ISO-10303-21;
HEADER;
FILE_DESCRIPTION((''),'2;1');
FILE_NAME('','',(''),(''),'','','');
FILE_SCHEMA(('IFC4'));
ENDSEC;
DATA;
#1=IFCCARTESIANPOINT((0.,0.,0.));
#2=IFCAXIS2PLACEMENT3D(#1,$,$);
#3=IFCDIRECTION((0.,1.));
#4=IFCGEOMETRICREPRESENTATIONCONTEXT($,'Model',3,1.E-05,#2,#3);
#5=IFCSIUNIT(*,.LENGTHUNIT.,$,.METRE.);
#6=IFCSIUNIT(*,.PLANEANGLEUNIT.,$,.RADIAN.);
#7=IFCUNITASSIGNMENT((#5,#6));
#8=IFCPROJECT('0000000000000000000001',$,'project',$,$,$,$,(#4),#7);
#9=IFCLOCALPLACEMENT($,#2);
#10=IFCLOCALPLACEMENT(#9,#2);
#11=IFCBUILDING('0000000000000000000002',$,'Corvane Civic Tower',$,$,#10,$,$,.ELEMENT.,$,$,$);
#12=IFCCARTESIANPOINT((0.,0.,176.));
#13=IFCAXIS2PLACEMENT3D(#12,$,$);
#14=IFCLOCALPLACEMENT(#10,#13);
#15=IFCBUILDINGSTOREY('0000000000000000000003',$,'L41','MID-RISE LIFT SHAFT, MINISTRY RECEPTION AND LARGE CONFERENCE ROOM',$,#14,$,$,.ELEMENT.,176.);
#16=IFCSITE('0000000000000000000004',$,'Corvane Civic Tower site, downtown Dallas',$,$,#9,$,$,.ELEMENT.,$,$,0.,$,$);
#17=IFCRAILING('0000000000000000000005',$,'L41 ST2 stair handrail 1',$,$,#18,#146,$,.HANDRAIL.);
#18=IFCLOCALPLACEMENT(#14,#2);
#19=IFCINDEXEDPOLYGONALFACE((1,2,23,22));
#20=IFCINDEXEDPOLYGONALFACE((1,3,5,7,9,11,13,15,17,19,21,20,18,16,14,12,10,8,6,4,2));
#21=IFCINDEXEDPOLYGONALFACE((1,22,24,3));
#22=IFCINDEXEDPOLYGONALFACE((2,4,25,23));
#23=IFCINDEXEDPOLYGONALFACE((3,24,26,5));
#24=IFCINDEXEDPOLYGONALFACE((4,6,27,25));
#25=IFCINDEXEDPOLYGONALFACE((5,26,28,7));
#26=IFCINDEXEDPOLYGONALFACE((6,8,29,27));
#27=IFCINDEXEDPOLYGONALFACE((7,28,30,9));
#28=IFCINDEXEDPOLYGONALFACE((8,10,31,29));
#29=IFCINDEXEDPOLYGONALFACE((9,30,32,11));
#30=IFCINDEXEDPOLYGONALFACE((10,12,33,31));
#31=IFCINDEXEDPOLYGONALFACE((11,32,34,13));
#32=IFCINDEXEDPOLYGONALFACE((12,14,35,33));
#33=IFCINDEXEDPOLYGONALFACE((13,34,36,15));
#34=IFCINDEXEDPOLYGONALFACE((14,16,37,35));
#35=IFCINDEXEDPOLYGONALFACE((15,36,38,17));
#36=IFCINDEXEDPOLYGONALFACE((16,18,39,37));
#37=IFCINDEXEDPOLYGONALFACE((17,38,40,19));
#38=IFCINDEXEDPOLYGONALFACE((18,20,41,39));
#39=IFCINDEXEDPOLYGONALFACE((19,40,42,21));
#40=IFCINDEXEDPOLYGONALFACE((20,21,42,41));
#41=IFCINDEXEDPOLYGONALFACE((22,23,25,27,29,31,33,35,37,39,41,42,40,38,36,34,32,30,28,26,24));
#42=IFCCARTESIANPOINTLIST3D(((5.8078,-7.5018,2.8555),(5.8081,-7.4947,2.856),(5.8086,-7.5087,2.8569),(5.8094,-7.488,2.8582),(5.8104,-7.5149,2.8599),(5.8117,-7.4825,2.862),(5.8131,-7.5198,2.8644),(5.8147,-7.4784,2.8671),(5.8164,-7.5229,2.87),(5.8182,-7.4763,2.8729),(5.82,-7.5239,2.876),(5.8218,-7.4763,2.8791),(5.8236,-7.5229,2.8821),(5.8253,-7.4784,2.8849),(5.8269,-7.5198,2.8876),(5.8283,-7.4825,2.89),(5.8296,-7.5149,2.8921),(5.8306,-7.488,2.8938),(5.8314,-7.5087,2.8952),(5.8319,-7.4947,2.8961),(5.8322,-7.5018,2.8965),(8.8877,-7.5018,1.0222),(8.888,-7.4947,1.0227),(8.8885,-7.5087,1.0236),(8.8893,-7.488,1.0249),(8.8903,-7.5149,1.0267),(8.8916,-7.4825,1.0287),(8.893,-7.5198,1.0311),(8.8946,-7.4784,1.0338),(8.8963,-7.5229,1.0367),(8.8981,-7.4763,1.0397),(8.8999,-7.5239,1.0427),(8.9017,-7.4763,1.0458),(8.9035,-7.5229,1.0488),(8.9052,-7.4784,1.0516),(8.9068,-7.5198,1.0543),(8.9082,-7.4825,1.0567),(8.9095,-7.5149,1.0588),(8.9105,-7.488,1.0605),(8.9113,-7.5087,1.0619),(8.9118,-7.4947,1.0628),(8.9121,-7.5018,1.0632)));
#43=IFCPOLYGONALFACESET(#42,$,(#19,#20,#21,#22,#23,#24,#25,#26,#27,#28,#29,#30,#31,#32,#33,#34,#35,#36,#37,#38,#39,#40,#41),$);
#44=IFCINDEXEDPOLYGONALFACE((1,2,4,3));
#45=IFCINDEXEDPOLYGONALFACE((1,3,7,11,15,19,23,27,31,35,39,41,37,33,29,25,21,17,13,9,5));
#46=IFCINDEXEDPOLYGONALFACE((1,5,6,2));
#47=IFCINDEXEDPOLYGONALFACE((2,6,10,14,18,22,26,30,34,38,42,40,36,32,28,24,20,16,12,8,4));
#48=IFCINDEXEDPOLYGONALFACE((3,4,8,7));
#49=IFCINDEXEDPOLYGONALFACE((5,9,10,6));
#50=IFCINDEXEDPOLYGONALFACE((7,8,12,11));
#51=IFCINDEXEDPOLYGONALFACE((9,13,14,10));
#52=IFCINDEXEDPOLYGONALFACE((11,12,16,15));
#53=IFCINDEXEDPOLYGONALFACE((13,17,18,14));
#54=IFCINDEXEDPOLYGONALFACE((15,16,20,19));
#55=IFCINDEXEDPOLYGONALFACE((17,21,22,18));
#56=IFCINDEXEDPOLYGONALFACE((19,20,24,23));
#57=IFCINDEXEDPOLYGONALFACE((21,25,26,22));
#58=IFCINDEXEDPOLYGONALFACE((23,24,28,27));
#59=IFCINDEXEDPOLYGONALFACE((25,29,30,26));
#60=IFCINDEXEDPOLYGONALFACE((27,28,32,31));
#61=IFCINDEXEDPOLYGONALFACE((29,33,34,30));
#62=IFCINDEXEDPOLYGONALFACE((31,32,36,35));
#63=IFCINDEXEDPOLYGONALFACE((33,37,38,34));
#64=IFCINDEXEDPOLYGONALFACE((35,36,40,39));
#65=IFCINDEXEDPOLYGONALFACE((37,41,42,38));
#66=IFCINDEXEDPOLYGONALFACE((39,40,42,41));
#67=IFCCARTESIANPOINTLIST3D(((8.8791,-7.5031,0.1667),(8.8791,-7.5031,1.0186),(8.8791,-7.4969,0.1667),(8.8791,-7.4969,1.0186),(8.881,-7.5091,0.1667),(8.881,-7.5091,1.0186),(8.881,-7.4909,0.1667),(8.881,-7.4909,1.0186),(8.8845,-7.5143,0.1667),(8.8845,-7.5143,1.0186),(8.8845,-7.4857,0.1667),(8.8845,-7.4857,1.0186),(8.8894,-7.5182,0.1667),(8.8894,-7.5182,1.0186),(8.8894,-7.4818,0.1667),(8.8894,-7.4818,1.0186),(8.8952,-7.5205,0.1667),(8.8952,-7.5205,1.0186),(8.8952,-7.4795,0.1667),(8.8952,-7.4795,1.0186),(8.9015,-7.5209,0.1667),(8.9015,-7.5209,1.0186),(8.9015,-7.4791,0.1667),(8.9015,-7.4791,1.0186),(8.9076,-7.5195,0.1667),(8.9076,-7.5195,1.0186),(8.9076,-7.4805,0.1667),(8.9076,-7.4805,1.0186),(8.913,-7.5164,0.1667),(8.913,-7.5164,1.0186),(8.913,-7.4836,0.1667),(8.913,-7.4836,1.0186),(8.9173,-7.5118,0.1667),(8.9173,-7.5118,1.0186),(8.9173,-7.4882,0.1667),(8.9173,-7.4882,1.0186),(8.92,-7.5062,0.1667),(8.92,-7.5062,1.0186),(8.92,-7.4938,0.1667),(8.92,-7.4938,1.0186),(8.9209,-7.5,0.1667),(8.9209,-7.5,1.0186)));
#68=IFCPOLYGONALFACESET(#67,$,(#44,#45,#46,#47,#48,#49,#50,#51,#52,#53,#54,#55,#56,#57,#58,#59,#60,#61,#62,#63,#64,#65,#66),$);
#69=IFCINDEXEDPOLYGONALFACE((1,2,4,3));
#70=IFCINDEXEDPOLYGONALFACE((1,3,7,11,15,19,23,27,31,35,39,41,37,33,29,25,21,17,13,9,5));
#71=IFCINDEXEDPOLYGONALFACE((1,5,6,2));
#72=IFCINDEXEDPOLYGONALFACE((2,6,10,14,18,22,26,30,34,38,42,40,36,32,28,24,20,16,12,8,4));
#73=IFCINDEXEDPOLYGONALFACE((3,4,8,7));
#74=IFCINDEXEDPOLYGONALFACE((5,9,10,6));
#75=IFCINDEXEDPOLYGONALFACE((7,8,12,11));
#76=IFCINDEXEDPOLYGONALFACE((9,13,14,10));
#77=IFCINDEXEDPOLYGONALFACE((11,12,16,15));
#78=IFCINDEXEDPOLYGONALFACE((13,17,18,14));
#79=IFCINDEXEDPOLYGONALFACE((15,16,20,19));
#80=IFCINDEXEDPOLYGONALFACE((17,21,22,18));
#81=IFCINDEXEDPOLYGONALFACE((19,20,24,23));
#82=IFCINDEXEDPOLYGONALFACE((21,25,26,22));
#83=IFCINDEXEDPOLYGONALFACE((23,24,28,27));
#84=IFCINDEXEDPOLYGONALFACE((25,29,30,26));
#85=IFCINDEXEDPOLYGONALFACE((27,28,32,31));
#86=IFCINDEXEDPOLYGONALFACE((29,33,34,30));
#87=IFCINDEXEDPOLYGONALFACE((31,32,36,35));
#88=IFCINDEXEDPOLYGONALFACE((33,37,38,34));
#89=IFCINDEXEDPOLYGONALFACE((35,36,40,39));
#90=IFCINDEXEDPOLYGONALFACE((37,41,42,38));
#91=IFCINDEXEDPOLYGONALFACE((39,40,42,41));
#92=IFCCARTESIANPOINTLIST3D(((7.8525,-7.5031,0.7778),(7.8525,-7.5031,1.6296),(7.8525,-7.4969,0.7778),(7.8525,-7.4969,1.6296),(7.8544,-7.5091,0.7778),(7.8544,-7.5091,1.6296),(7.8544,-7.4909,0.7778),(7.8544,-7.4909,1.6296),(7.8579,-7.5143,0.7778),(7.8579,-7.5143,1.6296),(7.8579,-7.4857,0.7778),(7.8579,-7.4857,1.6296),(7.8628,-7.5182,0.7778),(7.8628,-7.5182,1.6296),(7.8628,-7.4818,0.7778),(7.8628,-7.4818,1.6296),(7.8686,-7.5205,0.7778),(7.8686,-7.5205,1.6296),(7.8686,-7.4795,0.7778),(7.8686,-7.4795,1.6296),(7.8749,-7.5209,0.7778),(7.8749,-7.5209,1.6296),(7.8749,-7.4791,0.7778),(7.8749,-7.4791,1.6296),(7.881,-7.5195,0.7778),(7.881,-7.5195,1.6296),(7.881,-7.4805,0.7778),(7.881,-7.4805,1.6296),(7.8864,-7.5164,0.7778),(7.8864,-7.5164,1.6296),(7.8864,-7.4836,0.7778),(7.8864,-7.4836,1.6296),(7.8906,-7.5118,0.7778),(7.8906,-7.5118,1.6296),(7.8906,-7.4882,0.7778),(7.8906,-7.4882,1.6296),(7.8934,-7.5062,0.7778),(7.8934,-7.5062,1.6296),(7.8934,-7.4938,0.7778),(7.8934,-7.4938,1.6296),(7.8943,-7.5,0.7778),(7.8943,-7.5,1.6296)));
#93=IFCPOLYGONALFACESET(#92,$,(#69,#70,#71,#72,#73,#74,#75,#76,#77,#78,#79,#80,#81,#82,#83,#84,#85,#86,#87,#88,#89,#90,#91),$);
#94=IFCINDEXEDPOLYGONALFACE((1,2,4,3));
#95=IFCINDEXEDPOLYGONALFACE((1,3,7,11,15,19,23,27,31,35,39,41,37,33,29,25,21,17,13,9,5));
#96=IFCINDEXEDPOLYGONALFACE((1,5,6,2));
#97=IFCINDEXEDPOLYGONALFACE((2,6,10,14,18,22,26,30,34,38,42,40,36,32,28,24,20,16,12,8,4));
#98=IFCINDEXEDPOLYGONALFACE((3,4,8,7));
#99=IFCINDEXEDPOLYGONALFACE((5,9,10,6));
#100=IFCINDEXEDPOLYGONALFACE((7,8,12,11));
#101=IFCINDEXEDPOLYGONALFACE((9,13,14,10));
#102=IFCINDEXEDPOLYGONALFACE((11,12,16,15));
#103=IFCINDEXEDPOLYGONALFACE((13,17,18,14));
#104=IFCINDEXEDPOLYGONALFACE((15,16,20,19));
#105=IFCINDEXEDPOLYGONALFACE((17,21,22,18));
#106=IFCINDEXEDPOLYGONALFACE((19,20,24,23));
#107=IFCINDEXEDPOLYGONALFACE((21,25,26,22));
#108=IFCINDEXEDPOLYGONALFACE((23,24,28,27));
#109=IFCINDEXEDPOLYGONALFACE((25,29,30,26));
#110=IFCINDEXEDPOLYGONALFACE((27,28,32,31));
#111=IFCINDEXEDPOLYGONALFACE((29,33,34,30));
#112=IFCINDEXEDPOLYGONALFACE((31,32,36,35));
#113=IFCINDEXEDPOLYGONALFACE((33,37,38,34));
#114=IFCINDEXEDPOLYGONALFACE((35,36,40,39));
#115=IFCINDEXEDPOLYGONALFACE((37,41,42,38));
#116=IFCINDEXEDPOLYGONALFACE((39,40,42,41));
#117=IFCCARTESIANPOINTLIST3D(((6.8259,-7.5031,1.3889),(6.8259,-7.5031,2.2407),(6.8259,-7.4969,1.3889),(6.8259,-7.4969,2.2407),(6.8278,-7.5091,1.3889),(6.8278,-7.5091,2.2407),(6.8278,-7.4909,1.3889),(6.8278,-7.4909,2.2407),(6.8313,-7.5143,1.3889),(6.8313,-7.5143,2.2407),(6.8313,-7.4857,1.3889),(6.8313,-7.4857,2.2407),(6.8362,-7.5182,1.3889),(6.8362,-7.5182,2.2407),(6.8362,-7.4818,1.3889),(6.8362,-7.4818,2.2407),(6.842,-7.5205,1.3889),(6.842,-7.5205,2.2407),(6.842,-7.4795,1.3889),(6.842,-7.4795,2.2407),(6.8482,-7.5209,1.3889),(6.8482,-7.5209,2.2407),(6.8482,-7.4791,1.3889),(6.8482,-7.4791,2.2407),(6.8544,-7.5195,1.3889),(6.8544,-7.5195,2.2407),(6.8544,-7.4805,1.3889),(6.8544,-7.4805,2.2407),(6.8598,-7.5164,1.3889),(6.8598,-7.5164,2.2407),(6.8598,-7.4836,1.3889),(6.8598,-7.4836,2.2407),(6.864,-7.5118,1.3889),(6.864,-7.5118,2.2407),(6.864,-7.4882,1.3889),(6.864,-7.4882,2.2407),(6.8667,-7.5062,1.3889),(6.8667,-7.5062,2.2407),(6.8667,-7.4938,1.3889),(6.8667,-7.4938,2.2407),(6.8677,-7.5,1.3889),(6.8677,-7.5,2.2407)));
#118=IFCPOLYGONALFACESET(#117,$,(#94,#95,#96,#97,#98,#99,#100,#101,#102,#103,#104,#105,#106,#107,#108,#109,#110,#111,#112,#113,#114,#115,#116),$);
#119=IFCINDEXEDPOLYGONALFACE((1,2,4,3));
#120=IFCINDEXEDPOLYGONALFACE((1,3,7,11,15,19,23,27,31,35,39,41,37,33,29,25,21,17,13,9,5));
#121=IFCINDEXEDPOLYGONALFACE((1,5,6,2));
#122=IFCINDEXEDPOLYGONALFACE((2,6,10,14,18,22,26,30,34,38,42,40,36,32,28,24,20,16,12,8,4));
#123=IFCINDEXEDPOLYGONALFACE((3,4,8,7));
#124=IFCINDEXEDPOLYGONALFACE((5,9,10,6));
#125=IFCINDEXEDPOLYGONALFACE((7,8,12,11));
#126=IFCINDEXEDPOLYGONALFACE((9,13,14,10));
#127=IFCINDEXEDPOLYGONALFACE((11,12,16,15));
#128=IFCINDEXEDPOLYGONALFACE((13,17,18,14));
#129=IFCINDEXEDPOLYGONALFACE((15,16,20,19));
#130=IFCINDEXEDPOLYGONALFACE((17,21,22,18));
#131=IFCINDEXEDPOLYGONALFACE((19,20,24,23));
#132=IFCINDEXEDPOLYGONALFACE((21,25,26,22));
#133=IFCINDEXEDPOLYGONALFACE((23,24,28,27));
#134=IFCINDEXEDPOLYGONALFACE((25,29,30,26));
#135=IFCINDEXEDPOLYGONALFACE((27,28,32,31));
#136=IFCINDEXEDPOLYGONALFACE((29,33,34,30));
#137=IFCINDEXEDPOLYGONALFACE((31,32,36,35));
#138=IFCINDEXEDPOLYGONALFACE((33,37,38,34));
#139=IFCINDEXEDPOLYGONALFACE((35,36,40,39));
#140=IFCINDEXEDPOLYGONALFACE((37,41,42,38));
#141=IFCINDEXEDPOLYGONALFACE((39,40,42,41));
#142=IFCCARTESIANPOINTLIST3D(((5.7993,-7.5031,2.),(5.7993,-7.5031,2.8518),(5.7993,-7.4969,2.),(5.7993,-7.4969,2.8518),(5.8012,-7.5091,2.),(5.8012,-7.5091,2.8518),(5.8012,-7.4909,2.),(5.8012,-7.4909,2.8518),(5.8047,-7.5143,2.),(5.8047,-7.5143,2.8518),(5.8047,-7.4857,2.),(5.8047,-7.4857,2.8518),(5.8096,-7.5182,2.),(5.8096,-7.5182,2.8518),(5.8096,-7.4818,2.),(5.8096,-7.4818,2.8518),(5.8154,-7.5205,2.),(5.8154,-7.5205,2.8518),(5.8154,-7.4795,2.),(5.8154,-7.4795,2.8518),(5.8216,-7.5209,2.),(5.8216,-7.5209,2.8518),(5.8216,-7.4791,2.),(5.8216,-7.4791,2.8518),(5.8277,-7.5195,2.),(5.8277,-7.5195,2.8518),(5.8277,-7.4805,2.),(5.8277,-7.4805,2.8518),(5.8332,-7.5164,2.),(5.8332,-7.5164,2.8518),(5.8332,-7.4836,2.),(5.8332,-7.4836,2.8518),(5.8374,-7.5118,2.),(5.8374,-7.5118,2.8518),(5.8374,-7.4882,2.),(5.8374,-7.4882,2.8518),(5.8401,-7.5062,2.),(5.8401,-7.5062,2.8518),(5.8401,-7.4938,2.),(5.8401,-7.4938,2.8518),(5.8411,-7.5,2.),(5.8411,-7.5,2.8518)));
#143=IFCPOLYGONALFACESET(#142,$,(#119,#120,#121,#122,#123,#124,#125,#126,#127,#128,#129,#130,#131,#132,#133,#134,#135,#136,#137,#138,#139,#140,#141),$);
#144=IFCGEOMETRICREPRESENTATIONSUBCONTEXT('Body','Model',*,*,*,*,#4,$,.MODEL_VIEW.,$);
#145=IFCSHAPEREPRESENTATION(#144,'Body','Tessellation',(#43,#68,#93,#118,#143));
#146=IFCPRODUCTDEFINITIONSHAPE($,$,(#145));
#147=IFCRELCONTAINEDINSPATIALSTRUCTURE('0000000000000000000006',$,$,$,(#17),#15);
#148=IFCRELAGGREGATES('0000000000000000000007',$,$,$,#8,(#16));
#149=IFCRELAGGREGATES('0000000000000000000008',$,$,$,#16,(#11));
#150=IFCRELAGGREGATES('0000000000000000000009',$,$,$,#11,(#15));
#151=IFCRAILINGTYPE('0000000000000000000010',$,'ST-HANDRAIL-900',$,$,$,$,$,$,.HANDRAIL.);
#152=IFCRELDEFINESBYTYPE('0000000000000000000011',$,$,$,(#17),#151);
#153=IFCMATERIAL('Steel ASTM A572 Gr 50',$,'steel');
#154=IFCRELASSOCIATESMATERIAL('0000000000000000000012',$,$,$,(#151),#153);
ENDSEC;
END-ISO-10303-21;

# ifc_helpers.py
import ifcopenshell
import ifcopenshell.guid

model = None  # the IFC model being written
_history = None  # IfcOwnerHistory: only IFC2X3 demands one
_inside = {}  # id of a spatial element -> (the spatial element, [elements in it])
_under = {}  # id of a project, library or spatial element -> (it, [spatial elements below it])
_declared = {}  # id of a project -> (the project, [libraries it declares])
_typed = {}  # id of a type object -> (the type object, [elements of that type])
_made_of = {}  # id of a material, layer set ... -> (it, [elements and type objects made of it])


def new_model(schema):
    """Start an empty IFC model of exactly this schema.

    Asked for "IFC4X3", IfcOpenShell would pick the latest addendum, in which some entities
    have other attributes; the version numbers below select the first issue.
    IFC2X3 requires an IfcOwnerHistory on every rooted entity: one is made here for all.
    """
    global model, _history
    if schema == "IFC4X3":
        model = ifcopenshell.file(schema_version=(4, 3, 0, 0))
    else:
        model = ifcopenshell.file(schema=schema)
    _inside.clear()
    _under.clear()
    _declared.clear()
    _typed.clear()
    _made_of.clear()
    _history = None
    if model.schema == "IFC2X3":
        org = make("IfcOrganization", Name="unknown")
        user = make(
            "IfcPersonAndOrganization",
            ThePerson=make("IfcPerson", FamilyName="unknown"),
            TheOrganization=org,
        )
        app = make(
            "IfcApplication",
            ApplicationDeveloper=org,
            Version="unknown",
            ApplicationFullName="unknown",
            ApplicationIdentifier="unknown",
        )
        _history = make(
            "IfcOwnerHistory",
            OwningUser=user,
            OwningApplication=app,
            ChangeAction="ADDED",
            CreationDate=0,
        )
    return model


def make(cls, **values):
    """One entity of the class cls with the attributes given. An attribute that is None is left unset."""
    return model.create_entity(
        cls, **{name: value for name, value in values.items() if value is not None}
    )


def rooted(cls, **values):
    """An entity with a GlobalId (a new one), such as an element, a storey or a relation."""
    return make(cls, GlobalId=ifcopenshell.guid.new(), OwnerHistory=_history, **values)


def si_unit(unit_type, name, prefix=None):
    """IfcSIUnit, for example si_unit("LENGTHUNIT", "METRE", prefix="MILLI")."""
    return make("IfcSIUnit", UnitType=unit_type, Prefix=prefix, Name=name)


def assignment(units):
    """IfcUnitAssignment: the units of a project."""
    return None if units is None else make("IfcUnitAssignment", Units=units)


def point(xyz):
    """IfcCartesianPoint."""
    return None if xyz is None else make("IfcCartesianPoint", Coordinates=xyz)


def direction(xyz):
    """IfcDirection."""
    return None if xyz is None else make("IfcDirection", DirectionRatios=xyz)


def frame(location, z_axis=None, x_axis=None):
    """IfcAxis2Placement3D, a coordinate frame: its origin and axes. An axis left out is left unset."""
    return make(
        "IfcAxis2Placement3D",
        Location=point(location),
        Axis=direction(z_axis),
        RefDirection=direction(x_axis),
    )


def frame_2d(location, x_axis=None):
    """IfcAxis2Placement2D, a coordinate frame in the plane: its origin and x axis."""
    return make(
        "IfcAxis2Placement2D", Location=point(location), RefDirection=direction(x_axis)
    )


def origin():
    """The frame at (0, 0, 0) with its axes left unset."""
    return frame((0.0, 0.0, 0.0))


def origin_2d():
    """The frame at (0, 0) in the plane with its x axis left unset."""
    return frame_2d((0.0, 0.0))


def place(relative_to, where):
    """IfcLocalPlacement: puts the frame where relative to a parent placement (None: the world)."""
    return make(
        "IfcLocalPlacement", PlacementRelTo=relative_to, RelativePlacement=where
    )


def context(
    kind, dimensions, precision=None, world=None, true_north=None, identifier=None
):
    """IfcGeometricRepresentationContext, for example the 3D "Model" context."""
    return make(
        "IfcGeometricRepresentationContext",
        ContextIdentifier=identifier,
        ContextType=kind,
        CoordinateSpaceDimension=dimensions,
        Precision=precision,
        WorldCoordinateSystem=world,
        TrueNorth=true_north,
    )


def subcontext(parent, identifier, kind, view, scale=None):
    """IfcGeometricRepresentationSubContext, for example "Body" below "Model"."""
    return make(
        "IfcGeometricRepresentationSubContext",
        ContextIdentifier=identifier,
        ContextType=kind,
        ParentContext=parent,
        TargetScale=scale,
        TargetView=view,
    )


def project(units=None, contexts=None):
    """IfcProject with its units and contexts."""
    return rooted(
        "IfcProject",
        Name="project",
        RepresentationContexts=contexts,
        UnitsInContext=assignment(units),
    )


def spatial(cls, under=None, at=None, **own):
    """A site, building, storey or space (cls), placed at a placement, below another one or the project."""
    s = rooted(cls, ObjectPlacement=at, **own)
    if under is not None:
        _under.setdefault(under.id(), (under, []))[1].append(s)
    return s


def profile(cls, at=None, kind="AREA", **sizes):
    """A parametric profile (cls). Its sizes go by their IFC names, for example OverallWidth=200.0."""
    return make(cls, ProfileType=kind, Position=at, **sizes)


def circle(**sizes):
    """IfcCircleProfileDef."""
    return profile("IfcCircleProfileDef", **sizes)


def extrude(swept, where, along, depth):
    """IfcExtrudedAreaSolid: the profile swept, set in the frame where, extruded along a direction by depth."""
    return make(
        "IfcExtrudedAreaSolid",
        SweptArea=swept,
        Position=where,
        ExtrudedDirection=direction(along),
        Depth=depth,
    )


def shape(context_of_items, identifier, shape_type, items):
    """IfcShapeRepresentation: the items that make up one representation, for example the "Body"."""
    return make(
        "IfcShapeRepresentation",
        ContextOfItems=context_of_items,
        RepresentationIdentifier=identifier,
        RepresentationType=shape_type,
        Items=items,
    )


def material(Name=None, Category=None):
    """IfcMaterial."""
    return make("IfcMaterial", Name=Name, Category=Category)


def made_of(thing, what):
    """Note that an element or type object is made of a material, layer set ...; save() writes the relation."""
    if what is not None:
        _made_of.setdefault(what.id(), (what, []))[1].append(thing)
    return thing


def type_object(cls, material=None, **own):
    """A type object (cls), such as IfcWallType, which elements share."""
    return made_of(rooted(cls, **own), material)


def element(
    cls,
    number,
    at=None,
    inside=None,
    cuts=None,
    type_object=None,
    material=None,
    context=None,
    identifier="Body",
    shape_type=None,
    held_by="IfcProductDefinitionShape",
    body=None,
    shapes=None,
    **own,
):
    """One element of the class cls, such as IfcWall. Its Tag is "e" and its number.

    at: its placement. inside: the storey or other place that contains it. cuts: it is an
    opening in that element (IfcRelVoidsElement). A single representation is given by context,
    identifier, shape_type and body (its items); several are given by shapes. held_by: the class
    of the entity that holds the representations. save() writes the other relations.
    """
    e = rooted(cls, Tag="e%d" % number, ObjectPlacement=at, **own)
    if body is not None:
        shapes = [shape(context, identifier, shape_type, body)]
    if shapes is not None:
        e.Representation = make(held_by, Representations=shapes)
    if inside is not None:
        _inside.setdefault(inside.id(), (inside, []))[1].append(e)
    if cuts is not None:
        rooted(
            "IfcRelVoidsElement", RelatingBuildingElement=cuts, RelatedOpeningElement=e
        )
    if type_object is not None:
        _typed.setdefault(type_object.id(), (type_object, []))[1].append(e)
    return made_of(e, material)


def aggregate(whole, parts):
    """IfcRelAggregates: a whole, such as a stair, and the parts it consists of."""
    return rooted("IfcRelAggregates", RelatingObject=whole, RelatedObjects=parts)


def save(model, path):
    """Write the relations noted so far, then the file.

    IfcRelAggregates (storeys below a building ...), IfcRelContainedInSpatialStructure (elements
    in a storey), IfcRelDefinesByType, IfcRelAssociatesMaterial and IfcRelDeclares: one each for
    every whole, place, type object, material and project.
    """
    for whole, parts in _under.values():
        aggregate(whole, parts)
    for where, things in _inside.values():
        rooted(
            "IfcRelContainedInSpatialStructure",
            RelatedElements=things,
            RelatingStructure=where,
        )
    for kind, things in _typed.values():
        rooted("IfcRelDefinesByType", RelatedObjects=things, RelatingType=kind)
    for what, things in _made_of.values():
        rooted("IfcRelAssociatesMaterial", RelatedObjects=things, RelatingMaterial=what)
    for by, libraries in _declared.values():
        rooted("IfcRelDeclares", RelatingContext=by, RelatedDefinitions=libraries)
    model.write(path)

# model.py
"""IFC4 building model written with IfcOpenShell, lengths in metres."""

from ifc_helpers import new_model, si_unit, direction, frame, origin, origin_2d, place, context, subcontext, project, spatial, circle, extrude, material, type_object, element, save


model = new_model("IFC4")

# Units and contexts
model_context = context("Model", 3, precision=1e-05, world=origin(), true_north=direction((0.0, 1.0)))
body_context = subcontext(model_context, "Body", "Model", "MODEL_VIEW")
ifc_project = project(units=[si_unit("LENGTHUNIT", "METRE"), si_unit("PLANEANGLEUNIT", "RADIAN")], contexts=[model_context])

# Site, building, storey
site_placement = place(None, origin())
site = spatial("IfcSite", under=ifc_project, at=site_placement, Name="Corvane Civic Tower site, downtown Dallas", CompositionType="ELEMENT", RefElevation=0.0)
building_placement = place(site_placement, origin())
building = spatial("IfcBuilding", under=site, at=building_placement, Name="Corvane Civic Tower", CompositionType="ELEMENT")
storey_placement = place(building_placement, frame((0.0, 0.0, 176.0)))
storey = spatial("IfcBuildingStorey", under=building, at=storey_placement, Name="L41", Description="MID-RISE LIFT SHAFT, MINISTRY RECEPTION AND LARGE CONFERENCE ROOM", CompositionType="ELEMENT", Elevation=176.0)

# Railing
ifc_material_1 = material(Name="Steel ASTM A572 Gr 50", Category="steel")
railing_type = type_object("IfcRailingType", Name="ST-HANDRAIL-900", PredefinedType="HANDRAIL", material=ifc_material_1)
railing_placement = place(storey_placement, frame((8.8999, -7.5, 0.1667)))
element("IfcRailing", 1, at=railing_placement, inside=storey, type_object=railing_type, Name="L41 ST2 stair handrail 1", PredefinedType="HANDRAIL", context=body_context, shape_type="SweptSolid", body=[
    extrude(circle(Radius=0.0239, at=origin_2d()), frame((0.0, 0.0, 0.876), z_axis=(-0.859291, 0.0, 0.511487), x_axis=(0.0, -1.0, 0.0)), (0.0, 0.0, 1.0), 3.5842),
    extrude(circle(Radius=0.021, at=origin_2d()), origin(), (0.0, 0.0, 1.0), 0.8518),
    extrude(circle(Radius=0.021, at=origin_2d()), frame((-1.0266, 0.0, 0.6111)), (0.0, 0.0, 1.0), 0.8518),
    extrude(circle(Radius=0.021, at=origin_2d()), frame((-2.0532, 0.0, 1.2222)), (0.0, 0.0, 1.0), 0.8518),
    extrude(circle(Radius=0.021, at=origin_2d()), frame((-3.0798, 0.0, 1.8333)), (0.0, 0.0, 1.0), 0.8518),
])

save(model, "model.ifc")
